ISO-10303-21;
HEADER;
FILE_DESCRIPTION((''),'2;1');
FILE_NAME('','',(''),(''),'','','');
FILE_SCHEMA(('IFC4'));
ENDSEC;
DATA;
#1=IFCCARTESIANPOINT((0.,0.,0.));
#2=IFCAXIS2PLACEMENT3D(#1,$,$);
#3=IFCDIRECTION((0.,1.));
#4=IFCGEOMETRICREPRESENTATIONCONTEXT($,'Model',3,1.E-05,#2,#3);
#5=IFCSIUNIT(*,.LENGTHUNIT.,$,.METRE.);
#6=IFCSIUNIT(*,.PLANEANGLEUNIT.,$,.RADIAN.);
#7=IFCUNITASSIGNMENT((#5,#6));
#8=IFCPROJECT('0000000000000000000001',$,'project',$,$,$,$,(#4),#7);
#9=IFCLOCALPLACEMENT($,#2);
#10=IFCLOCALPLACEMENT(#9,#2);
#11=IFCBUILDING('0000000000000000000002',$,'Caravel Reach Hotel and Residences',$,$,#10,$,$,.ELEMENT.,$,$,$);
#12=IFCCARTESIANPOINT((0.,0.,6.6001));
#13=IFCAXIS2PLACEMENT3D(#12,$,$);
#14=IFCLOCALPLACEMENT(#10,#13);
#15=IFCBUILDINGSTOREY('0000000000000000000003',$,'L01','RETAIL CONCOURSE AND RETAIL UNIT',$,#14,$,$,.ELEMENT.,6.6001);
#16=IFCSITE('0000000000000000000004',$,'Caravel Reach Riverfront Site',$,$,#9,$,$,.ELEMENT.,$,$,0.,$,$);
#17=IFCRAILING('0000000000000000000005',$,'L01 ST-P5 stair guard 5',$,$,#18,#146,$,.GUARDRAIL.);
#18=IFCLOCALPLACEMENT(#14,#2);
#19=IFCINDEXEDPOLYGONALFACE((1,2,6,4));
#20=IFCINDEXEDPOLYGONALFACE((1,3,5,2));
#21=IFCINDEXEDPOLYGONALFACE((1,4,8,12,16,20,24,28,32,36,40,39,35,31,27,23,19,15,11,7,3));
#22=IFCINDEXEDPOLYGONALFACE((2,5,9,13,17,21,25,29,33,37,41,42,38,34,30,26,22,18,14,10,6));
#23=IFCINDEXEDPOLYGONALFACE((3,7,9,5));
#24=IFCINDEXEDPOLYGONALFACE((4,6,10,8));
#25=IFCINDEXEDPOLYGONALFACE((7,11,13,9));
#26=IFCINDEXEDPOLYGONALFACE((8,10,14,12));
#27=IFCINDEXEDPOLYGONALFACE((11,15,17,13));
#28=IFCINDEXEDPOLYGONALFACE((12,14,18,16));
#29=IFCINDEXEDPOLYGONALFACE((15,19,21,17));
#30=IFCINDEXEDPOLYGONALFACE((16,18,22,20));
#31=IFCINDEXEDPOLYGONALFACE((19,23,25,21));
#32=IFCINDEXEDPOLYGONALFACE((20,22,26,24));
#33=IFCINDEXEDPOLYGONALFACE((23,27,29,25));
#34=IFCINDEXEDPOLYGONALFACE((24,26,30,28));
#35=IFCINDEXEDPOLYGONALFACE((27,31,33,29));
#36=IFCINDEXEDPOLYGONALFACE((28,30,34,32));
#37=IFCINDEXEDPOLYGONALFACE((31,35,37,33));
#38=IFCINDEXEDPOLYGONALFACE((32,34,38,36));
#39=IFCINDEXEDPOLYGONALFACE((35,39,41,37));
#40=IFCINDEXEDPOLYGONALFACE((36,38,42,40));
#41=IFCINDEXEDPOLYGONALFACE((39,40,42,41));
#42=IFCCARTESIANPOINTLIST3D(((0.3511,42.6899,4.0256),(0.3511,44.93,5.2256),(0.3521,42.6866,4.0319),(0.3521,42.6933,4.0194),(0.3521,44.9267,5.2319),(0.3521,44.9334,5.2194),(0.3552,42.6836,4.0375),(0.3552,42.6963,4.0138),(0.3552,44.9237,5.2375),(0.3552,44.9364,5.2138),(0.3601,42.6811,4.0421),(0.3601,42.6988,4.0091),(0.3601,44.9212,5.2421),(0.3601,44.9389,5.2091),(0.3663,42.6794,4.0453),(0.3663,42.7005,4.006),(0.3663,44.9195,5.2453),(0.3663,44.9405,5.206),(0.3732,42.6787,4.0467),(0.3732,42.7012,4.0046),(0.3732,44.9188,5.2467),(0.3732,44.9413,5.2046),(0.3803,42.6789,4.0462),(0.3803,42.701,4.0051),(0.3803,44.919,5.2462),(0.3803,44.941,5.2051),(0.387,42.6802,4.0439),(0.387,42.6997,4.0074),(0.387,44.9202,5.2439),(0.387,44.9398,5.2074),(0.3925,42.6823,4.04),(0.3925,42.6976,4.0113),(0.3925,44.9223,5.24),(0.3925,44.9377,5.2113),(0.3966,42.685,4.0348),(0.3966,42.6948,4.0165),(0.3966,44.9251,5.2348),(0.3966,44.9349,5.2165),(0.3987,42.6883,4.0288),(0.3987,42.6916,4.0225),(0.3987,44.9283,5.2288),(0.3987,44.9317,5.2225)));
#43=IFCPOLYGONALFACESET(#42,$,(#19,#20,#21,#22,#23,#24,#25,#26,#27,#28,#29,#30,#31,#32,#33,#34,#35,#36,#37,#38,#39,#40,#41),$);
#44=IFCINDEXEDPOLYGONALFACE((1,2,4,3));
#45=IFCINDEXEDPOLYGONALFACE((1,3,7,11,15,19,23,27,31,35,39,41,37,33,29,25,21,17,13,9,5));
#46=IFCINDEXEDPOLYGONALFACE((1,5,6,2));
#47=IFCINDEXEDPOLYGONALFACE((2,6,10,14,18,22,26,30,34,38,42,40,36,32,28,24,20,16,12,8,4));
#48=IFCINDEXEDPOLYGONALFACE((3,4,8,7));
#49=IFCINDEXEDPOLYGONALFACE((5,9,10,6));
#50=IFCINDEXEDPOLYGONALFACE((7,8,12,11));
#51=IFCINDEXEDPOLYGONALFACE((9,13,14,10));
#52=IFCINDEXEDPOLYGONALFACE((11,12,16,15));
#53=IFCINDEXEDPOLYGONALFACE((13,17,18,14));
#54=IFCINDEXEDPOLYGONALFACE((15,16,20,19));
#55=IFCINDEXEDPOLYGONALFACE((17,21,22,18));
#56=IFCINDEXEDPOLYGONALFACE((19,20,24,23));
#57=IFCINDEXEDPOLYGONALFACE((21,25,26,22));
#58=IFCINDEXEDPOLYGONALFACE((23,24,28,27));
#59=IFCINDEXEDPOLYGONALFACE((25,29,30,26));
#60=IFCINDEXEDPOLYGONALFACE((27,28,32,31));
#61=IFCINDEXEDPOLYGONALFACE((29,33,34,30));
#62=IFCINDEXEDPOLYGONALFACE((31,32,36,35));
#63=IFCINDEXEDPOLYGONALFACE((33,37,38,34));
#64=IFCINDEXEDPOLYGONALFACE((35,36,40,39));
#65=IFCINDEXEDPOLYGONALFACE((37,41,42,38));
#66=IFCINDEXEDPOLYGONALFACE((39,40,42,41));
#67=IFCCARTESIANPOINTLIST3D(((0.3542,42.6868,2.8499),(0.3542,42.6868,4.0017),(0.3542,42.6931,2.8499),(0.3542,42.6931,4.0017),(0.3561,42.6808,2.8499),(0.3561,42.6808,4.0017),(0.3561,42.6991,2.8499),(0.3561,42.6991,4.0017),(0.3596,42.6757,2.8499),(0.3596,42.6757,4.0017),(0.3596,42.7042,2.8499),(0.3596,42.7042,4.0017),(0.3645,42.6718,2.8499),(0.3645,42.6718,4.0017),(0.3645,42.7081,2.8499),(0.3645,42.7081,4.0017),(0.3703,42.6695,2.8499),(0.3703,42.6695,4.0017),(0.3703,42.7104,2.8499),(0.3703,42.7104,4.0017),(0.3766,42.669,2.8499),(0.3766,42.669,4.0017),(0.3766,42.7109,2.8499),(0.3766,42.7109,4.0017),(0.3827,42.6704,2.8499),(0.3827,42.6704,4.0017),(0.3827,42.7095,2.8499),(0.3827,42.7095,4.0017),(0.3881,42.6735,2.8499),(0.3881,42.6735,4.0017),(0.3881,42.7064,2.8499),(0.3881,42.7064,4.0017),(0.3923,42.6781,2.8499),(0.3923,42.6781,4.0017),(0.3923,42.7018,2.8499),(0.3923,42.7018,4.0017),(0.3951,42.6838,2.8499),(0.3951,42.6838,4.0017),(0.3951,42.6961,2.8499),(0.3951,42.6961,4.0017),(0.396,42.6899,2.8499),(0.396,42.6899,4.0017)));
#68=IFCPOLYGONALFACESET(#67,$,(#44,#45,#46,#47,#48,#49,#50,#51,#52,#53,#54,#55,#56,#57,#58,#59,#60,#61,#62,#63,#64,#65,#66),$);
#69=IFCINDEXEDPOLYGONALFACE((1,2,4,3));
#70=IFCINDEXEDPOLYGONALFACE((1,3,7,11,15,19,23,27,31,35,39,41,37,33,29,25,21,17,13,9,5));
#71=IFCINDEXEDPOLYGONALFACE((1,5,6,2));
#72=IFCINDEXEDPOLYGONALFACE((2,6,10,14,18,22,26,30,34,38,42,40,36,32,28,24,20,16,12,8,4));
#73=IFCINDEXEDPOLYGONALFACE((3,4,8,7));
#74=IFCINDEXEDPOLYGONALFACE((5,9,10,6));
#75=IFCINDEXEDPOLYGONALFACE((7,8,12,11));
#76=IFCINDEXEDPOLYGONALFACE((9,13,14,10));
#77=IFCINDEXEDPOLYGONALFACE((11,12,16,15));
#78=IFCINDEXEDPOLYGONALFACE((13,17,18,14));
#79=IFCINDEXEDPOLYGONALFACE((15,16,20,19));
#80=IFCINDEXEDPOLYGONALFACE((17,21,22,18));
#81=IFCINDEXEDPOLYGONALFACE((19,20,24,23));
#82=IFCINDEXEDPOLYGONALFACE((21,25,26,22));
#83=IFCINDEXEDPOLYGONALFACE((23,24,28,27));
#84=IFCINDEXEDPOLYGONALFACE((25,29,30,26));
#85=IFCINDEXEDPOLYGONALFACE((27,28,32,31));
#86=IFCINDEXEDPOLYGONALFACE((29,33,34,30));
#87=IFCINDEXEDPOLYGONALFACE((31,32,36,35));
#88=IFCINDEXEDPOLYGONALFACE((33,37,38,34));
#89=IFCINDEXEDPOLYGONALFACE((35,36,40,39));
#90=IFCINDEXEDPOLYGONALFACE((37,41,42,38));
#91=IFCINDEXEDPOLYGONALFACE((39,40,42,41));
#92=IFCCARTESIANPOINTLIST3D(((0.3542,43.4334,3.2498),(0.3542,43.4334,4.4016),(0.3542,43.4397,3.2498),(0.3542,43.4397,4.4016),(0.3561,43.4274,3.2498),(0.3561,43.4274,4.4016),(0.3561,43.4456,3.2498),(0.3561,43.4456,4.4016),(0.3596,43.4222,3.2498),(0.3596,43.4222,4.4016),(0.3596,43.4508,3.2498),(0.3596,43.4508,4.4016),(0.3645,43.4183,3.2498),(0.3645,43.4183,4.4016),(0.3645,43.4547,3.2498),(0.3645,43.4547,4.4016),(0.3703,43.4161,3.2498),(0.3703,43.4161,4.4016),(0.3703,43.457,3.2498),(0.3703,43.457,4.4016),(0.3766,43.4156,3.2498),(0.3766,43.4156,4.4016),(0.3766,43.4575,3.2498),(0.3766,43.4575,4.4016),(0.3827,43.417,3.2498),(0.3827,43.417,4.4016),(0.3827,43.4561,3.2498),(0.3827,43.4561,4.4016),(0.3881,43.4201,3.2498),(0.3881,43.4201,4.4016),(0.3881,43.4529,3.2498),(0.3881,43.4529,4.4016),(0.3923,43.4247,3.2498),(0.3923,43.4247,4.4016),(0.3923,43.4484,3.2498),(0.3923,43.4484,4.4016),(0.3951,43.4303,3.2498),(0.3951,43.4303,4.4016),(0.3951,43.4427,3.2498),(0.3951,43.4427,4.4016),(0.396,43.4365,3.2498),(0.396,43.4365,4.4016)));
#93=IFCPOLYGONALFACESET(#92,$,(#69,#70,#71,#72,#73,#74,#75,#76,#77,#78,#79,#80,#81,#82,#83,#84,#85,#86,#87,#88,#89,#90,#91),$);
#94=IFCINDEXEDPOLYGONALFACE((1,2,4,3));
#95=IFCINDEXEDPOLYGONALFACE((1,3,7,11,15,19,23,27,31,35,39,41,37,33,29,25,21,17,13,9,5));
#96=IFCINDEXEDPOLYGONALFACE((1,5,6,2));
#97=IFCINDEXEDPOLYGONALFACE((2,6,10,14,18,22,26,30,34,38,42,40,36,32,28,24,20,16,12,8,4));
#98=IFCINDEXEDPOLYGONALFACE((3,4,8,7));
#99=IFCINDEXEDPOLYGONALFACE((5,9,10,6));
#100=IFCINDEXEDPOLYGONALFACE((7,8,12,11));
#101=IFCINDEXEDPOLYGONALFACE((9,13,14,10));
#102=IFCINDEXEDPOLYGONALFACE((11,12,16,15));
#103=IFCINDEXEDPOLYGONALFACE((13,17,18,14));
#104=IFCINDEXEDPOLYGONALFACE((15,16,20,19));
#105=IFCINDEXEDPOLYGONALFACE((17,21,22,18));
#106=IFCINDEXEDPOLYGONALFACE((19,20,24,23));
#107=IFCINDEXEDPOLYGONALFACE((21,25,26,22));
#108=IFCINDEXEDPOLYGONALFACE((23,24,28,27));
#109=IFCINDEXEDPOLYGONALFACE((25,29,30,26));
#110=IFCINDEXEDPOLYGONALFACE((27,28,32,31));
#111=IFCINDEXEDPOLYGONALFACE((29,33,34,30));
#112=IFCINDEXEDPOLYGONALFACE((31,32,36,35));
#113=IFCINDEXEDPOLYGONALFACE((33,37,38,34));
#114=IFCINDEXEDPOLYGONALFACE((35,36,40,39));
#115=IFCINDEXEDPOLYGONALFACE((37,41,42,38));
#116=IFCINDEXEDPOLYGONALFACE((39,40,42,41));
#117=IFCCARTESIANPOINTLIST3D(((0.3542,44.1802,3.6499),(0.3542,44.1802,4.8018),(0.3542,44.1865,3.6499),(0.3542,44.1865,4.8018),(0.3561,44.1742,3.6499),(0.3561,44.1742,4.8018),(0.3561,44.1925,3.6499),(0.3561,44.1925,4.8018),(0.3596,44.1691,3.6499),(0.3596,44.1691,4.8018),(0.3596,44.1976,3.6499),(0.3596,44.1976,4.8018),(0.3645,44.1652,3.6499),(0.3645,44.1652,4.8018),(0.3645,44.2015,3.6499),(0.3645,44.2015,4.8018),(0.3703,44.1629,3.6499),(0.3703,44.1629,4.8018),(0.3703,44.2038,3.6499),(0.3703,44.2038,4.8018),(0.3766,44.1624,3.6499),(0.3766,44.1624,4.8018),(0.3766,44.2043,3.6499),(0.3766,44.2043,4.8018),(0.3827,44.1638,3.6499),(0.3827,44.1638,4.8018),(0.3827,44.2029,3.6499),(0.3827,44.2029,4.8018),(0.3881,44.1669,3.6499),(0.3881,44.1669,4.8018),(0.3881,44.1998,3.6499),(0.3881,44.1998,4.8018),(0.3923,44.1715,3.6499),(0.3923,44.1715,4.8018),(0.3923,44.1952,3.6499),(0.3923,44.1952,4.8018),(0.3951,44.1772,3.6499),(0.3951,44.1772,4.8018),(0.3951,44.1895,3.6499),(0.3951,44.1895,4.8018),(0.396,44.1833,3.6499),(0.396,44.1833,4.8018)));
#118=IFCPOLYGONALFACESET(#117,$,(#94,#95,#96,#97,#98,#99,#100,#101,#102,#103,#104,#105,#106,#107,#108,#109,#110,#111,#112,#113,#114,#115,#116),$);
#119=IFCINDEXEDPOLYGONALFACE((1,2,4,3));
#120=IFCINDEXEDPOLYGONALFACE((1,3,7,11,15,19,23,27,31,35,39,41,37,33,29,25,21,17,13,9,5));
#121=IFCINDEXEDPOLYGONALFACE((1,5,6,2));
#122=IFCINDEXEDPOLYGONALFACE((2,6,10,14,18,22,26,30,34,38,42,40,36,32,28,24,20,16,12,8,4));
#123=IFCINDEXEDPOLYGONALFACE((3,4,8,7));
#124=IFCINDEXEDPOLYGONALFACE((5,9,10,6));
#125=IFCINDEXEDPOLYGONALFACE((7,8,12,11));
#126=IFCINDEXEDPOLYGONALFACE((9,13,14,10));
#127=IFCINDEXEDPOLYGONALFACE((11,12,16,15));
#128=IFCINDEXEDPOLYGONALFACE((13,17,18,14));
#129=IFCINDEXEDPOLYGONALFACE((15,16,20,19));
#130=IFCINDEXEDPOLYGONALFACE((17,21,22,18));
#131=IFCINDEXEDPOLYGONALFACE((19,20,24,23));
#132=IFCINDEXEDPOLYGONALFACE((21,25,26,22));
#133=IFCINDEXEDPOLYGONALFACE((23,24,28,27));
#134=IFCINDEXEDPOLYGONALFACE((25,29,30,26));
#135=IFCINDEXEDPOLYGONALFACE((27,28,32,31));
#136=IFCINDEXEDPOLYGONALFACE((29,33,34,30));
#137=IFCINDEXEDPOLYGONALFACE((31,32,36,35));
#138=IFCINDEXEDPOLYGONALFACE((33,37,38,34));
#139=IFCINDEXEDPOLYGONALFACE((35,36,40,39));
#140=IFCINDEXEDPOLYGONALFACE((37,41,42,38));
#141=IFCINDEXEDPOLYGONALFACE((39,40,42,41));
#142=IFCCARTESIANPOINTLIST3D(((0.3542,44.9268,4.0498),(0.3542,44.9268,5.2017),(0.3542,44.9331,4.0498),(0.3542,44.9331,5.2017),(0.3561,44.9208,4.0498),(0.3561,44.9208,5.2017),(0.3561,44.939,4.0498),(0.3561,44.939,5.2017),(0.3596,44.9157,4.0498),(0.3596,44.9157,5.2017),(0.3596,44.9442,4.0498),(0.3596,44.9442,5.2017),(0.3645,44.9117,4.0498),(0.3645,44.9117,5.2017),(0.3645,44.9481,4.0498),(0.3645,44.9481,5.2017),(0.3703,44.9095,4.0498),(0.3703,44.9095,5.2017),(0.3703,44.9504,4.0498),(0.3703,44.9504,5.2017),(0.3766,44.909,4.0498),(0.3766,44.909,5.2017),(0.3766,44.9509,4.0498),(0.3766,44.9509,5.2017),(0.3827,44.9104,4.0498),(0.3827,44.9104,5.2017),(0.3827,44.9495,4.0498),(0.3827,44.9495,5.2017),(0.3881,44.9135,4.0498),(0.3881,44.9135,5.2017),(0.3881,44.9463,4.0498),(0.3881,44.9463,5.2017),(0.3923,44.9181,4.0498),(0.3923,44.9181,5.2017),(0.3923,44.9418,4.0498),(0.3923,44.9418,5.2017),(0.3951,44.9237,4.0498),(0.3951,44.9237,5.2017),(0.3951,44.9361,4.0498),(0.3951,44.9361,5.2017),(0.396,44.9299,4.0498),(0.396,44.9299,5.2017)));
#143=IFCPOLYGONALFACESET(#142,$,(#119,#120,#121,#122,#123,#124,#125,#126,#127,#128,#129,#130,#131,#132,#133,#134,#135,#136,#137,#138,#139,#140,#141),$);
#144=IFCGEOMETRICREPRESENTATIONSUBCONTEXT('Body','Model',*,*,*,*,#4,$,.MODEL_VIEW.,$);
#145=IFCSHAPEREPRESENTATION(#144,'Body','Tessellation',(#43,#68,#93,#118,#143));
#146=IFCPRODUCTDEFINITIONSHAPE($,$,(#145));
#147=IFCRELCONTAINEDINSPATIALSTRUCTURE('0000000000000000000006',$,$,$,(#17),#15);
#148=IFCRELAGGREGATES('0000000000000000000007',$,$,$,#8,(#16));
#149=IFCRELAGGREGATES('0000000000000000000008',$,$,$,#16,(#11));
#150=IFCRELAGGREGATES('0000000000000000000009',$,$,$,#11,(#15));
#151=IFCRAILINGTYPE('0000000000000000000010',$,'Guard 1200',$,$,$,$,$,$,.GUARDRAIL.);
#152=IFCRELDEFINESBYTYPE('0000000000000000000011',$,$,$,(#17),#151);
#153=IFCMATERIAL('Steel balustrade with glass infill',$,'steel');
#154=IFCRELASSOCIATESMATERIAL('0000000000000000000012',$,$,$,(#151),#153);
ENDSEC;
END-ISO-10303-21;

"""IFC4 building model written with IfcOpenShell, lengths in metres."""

from ifc_helpers import new_model, si_unit, direction, frame, origin, origin_2d, place, context, subcontext, project, spatial, circle, extrude, material, type_object, element, save


model = new_model("IFC4")

# Units and contexts
model_context = context("Model", 3, precision=1e-05, world=origin(), true_north=direction((0.0, 1.0)))
body_context = subcontext(model_context, "Body", "Model", "MODEL_VIEW")
ifc_project = project(units=[si_unit("LENGTHUNIT", "METRE"), si_unit("PLANEANGLEUNIT", "RADIAN")], contexts=[model_context])

# Site, building, storey
site_placement = place(None, origin())
site = spatial("IfcSite", under=ifc_project, at=site_placement, Name="Caravel Reach Riverfront Site", CompositionType="ELEMENT", RefElevation=0.0)
building_placement = place(site_placement, origin())
building = spatial("IfcBuilding", under=site, at=building_placement, Name="Caravel Reach Hotel and Residences", CompositionType="ELEMENT")
storey_placement = place(building_placement, frame((0.0, 0.0, 6.6001)))
storey = spatial("IfcBuildingStorey", under=building, at=storey_placement, Name="L01", Description="RETAIL CONCOURSE AND RETAIL UNIT", CompositionType="ELEMENT", Elevation=6.6001)

# Railing
ifc_material_1 = material(Name="Steel balustrade with glass infill", Category="steel")
railing_type_1 = type_object("IfcRailingType", Name="Guard 1200", PredefinedType="GUARDRAIL", material=ifc_material_1)
railing_1_placement = place(storey_placement, frame((0.375, 42.6899, 2.8499)))
element("IfcRailing", 1, at=railing_1_placement, inside=storey, type_object=railing_type_1, Name="L01 ST-P5 stair guard 5", PredefinedType="GUARDRAIL", context=body_context, shape_type="SweptSolid", body=[
    extrude(circle(Radius=0.0239, at=origin_2d()), frame((0.0, 0.0, 1.1758), z_axis=(0.0, 0.881487, 0.472208), x_axis=(-1.0, 0.0, 0.0)), (0.0, 0.0, 1.0), 2.5413),
    extrude(circle(Radius=0.021, at=origin_2d()), origin(), (0.0, 0.0, 1.0), 1.1519),
    extrude(circle(Radius=0.021, at=origin_2d()), frame((0.0, 0.7466, 0.3999)), (0.0, 0.0, 1.0), 1.1519),
    extrude(circle(Radius=0.021, at=origin_2d()), frame((0.0, 1.4934, 0.8)), (0.0, 0.0, 1.0), 1.1519),
    extrude(circle(Radius=0.021, at=origin_2d()), frame((0.0, 2.24, 1.2)), (0.0, 0.0, 1.0), 1.1519),
])

save(model, "model.ifc")
